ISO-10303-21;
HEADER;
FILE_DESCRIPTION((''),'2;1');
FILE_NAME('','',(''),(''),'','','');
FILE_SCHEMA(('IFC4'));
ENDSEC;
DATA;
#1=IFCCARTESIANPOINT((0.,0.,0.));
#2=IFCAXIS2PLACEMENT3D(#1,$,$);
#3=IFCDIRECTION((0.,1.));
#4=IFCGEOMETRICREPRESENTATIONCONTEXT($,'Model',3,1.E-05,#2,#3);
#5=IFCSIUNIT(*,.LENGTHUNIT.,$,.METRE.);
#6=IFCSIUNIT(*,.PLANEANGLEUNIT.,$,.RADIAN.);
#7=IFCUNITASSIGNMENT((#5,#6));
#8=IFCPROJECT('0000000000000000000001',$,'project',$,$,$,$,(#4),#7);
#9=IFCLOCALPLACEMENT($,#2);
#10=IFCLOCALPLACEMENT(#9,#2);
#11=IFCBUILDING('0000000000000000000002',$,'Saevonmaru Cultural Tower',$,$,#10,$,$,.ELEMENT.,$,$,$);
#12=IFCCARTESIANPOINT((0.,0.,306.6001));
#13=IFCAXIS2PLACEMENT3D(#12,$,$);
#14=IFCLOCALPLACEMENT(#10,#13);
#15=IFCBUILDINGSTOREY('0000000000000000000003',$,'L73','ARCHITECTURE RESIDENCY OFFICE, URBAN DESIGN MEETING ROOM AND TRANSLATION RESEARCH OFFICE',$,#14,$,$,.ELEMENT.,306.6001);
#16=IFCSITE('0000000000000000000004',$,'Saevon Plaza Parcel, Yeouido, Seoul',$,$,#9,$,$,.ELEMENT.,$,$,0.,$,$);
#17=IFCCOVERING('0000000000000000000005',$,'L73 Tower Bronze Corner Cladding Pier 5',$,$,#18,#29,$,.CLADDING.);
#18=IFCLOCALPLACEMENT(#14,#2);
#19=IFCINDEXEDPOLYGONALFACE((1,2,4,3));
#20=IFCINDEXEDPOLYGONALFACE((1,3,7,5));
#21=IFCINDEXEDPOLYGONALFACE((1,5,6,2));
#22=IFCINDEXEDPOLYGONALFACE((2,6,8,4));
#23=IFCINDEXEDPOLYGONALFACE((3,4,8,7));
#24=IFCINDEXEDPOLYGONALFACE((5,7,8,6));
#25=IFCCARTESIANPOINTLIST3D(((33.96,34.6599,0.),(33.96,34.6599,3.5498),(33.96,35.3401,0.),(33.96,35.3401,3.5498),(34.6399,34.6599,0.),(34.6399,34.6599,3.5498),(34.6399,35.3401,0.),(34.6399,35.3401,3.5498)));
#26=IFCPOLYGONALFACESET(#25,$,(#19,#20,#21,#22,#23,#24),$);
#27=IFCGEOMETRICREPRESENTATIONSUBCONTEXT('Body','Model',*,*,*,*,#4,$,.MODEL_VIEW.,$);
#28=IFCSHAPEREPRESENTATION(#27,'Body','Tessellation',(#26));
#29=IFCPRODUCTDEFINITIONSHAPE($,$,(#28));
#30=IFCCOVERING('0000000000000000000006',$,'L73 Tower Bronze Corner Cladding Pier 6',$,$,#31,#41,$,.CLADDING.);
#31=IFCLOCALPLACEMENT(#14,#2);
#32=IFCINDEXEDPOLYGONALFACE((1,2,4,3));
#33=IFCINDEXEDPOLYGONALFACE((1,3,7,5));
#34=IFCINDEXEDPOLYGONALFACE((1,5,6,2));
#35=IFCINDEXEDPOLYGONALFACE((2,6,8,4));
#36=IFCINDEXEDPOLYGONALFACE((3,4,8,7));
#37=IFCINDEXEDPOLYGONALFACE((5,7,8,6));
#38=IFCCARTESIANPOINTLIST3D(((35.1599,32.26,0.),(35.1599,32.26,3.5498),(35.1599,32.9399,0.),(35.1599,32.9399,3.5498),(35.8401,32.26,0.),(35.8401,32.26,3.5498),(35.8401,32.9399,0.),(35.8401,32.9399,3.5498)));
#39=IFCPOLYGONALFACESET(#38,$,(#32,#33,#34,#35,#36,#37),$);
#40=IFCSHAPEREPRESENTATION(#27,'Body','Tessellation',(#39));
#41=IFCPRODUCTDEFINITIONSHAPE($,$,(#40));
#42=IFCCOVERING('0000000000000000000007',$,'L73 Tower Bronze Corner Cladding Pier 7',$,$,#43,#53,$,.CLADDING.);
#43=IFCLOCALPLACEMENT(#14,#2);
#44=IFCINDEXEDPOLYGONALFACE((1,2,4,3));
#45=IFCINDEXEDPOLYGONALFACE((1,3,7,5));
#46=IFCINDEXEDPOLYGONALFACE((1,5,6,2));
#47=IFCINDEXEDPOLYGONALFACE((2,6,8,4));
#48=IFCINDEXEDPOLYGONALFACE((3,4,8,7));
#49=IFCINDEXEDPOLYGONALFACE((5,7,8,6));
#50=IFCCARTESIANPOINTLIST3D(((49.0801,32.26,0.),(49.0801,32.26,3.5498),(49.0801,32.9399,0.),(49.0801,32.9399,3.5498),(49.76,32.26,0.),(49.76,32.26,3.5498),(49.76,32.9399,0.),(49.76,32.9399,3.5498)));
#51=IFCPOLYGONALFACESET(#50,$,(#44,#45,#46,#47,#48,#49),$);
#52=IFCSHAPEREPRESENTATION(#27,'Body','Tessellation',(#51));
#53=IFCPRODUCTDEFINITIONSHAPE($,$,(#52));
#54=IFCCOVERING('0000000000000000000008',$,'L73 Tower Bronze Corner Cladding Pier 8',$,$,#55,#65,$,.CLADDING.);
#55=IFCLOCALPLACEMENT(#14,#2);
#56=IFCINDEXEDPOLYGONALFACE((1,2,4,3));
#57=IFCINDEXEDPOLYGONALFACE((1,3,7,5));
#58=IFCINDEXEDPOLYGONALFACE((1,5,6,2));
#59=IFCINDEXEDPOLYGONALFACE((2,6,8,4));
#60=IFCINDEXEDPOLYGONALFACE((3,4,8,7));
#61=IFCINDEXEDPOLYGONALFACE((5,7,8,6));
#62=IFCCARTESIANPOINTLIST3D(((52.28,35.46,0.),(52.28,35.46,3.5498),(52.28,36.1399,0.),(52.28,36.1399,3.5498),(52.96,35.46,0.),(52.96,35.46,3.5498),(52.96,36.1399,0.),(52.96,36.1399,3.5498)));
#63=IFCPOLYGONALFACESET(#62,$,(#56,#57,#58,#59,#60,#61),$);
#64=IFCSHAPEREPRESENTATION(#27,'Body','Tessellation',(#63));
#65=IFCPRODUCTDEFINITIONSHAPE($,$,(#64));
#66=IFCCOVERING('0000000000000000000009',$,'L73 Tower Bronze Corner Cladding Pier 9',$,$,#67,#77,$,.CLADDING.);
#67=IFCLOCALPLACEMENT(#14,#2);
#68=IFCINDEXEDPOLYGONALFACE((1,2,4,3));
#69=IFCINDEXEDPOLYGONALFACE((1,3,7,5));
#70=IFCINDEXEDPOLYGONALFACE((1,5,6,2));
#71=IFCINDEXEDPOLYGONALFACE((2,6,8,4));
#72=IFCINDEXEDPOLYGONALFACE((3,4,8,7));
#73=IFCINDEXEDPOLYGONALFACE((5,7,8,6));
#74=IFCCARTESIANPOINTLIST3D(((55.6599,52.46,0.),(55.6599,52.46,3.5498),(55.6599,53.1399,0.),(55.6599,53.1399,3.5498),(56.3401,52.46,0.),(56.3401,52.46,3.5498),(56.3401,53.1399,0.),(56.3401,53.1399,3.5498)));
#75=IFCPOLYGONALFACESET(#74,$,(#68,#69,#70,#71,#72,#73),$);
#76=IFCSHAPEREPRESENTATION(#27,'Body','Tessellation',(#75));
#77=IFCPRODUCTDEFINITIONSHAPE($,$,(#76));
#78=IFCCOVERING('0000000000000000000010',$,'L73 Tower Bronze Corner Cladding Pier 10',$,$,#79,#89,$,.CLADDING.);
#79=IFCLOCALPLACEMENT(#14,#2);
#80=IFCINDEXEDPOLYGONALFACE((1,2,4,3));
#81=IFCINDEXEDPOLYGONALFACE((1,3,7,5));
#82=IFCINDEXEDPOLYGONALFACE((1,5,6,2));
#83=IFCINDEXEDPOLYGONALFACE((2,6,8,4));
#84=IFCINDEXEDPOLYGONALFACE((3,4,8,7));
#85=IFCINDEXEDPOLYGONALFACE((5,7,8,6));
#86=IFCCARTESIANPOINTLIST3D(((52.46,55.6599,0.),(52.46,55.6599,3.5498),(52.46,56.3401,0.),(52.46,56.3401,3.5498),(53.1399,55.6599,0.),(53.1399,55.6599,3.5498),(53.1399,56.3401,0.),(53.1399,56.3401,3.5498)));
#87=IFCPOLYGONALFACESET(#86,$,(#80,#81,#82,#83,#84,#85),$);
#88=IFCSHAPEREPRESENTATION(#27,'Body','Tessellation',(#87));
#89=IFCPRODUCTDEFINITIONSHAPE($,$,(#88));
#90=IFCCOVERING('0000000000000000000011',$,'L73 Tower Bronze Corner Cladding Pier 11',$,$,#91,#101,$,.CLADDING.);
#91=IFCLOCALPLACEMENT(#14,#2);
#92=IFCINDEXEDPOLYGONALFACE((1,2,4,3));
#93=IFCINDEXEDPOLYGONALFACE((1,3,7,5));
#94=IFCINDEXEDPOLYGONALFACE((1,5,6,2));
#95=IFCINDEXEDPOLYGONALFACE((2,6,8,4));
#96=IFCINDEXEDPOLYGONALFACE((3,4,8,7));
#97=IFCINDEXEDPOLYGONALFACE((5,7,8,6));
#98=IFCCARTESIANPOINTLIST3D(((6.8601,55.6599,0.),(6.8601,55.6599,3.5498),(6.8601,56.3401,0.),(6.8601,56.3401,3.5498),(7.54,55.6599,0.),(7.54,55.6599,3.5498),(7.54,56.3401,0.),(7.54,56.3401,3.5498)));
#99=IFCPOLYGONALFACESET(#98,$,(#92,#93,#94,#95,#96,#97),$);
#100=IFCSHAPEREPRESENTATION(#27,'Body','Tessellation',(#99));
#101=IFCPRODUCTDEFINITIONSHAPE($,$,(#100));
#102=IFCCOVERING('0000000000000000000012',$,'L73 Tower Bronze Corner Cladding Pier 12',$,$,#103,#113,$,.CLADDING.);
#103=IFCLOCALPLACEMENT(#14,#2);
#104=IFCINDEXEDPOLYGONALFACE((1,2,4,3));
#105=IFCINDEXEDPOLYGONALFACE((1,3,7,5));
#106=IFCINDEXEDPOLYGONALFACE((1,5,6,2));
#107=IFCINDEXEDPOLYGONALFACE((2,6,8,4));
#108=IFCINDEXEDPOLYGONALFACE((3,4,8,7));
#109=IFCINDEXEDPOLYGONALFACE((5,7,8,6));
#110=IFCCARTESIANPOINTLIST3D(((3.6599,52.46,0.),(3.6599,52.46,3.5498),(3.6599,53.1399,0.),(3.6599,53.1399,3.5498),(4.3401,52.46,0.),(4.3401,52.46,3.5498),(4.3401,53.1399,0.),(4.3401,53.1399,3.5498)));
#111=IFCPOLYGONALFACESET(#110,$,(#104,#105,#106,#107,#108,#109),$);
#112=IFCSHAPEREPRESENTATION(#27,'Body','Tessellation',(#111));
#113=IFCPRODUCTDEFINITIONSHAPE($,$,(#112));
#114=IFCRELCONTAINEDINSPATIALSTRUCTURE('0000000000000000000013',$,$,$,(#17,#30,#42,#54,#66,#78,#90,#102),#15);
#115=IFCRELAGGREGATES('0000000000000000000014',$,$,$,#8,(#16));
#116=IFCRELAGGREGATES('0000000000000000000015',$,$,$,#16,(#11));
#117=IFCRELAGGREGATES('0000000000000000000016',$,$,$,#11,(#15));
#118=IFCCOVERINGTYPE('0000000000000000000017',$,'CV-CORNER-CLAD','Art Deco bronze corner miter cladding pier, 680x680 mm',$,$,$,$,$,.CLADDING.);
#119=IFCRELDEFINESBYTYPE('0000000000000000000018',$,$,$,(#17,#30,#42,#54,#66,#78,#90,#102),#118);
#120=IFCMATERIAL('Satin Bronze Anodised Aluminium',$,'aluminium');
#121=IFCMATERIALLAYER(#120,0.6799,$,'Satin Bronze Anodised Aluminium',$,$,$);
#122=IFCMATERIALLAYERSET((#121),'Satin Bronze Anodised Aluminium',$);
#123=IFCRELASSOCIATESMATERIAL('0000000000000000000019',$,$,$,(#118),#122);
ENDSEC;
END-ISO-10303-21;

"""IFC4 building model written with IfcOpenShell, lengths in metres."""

from ifc_helpers import new_model, si_unit, direction, frame, origin, place, context, subcontext, project, spatial, polyline, outline, extrude, material, layer, layer_set, type_object, element, save


model = new_model("IFC4")

# Units and contexts
model_context = context("Model", 3, precision=1e-05, world=origin(), true_north=direction((0.0, 1.0)))
body_context = subcontext(model_context, "Body", "Model", "MODEL_VIEW")
ifc_project = project(units=[si_unit("LENGTHUNIT", "METRE"), si_unit("PLANEANGLEUNIT", "RADIAN")], contexts=[model_context])

# Site, building, storey
site_placement = place(None, origin())
site = spatial("IfcSite", under=ifc_project, at=site_placement, Name="Saevon Plaza Parcel, Yeouido, Seoul", CompositionType="ELEMENT", RefElevation=0.0)
building_placement = place(site_placement, origin())
building = spatial("IfcBuilding", under=site, at=building_placement, Name="Saevonmaru Cultural Tower", CompositionType="ELEMENT")
storey_placement = place(building_placement, frame((0.0, 0.0, 306.6001)))
storey = spatial("IfcBuildingStorey", under=building, at=storey_placement, Name="L73", Description="ARCHITECTURE RESIDENCY OFFICE, URBAN DESIGN MEETING ROOM AND TRANSLATION RESEARCH OFFICE", CompositionType="ELEMENT", Elevation=306.6001)

# Shared definitions
ifc_material_1 = material(Name="Satin Bronze Anodised Aluminium", Category="aluminium")

# Coverings
ifc_layer_1 = layer(ifc_material_1, 0.6799, Name="Satin Bronze Anodised Aluminium")
ifc_layer_set_1 = layer_set([ifc_layer_1], Name="Satin Bronze Anodised Aluminium")
covering_type = type_object("IfcCoveringType", Name="CV-CORNER-CLAD", Description="Art Deco bronze corner miter cladding pier, 680x680 mm", PredefinedType="CLADDING", material=ifc_layer_set_1)
covering_1_placement = place(storey_placement, origin())
element("IfcCovering", 1, at=covering_1_placement, inside=storey, type_object=covering_type, Name="L73 Tower Bronze Corner Cladding Pier 5", PredefinedType="CLADDING", context=body_context, shape_type="SweptSolid", body=[
    extrude(outline(polyline([(33.96, 34.6599), (34.6399, 34.6599), (34.6399, 35.3401), (33.96, 35.3401), (33.96, 34.6599)])), origin(), (0.0, 0.0, 1.0), 3.5498),
])
covering_2_placement = place(storey_placement, origin())
element("IfcCovering", 2, at=covering_2_placement, inside=storey, type_object=covering_type, Name="L73 Tower Bronze Corner Cladding Pier 6", PredefinedType="CLADDING", context=body_context, shape_type="SweptSolid", body=[
    extrude(outline(polyline([(35.1599, 32.26), (35.8401, 32.26), (35.8401, 32.9399), (35.1599, 32.9399), (35.1599, 32.26)])), origin(), (0.0, 0.0, 1.0), 3.5498),
])
covering_3_placement = place(storey_placement, origin())
element("IfcCovering", 3, at=covering_3_placement, inside=storey, type_object=covering_type, Name="L73 Tower Bronze Corner Cladding Pier 7", PredefinedType="CLADDING", context=body_context, shape_type="SweptSolid", body=[
    extrude(outline(polyline([(49.0801, 32.26), (49.76, 32.26), (49.76, 32.9399), (49.0801, 32.9399), (49.0801, 32.26)])), origin(), (0.0, 0.0, 1.0), 3.5498),
])
covering_4_placement = place(storey_placement, origin())
element("IfcCovering", 4, at=covering_4_placement, inside=storey, type_object=covering_type, Name="L73 Tower Bronze Corner Cladding Pier 8", PredefinedType="CLADDING", context=body_context, shape_type="SweptSolid", body=[
    extrude(outline(polyline([(52.28, 35.46), (52.96, 35.46), (52.96, 36.1399), (52.28, 36.1399), (52.28, 35.46)])), origin(), (0.0, 0.0, 1.0), 3.5498),
])
covering_5_placement = place(storey_placement, origin())
element("IfcCovering", 5, at=covering_5_placement, inside=storey, type_object=covering_type, Name="L73 Tower Bronze Corner Cladding Pier 9", PredefinedType="CLADDING", context=body_context, shape_type="SweptSolid", body=[
    extrude(outline(polyline([(55.6599, 52.46), (56.3401, 52.46), (56.3401, 53.1399), (55.6599, 53.1399), (55.6599, 52.46)])), origin(), (0.0, 0.0, 1.0), 3.5498),
])
covering_6_placement = place(storey_placement, origin())
element("IfcCovering", 6, at=covering_6_placement, inside=storey, type_object=covering_type, Name="L73 Tower Bronze Corner Cladding Pier 10", PredefinedType="CLADDING", context=body_context, shape_type="SweptSolid", body=[
    extrude(outline(polyline([(52.46, 55.6599), (53.1399, 55.6599), (53.1399, 56.3401), (52.46, 56.3401), (52.46, 55.6599)])), origin(), (0.0, 0.0, 1.0), 3.5498),
])
covering_7_placement = place(storey_placement, origin())
element("IfcCovering", 7, at=covering_7_placement, inside=storey, type_object=covering_type, Name="L73 Tower Bronze Corner Cladding Pier 11", PredefinedType="CLADDING", context=body_context, shape_type="SweptSolid", body=[
    extrude(outline(polyline([(6.8601, 55.6599), (7.54, 55.6599), (7.54, 56.3401), (6.8601, 56.3401), (6.8601, 55.6599)])), origin(), (0.0, 0.0, 1.0), 3.5498),
])
covering_8_placement = place(storey_placement, origin())
element("IfcCovering", 8, at=covering_8_placement, inside=storey, type_object=covering_type, Name="L73 Tower Bronze Corner Cladding Pier 12", PredefinedType="CLADDING", context=body_context, shape_type="SweptSolid", body=[
    extrude(outline(polyline([(3.6599, 52.46), (4.3401, 52.46), (4.3401, 53.1399), (3.6599, 53.1399), (3.6599, 52.46)])), origin(), (0.0, 0.0, 1.0), 3.5498),
])

save(model, "model.ifc")
